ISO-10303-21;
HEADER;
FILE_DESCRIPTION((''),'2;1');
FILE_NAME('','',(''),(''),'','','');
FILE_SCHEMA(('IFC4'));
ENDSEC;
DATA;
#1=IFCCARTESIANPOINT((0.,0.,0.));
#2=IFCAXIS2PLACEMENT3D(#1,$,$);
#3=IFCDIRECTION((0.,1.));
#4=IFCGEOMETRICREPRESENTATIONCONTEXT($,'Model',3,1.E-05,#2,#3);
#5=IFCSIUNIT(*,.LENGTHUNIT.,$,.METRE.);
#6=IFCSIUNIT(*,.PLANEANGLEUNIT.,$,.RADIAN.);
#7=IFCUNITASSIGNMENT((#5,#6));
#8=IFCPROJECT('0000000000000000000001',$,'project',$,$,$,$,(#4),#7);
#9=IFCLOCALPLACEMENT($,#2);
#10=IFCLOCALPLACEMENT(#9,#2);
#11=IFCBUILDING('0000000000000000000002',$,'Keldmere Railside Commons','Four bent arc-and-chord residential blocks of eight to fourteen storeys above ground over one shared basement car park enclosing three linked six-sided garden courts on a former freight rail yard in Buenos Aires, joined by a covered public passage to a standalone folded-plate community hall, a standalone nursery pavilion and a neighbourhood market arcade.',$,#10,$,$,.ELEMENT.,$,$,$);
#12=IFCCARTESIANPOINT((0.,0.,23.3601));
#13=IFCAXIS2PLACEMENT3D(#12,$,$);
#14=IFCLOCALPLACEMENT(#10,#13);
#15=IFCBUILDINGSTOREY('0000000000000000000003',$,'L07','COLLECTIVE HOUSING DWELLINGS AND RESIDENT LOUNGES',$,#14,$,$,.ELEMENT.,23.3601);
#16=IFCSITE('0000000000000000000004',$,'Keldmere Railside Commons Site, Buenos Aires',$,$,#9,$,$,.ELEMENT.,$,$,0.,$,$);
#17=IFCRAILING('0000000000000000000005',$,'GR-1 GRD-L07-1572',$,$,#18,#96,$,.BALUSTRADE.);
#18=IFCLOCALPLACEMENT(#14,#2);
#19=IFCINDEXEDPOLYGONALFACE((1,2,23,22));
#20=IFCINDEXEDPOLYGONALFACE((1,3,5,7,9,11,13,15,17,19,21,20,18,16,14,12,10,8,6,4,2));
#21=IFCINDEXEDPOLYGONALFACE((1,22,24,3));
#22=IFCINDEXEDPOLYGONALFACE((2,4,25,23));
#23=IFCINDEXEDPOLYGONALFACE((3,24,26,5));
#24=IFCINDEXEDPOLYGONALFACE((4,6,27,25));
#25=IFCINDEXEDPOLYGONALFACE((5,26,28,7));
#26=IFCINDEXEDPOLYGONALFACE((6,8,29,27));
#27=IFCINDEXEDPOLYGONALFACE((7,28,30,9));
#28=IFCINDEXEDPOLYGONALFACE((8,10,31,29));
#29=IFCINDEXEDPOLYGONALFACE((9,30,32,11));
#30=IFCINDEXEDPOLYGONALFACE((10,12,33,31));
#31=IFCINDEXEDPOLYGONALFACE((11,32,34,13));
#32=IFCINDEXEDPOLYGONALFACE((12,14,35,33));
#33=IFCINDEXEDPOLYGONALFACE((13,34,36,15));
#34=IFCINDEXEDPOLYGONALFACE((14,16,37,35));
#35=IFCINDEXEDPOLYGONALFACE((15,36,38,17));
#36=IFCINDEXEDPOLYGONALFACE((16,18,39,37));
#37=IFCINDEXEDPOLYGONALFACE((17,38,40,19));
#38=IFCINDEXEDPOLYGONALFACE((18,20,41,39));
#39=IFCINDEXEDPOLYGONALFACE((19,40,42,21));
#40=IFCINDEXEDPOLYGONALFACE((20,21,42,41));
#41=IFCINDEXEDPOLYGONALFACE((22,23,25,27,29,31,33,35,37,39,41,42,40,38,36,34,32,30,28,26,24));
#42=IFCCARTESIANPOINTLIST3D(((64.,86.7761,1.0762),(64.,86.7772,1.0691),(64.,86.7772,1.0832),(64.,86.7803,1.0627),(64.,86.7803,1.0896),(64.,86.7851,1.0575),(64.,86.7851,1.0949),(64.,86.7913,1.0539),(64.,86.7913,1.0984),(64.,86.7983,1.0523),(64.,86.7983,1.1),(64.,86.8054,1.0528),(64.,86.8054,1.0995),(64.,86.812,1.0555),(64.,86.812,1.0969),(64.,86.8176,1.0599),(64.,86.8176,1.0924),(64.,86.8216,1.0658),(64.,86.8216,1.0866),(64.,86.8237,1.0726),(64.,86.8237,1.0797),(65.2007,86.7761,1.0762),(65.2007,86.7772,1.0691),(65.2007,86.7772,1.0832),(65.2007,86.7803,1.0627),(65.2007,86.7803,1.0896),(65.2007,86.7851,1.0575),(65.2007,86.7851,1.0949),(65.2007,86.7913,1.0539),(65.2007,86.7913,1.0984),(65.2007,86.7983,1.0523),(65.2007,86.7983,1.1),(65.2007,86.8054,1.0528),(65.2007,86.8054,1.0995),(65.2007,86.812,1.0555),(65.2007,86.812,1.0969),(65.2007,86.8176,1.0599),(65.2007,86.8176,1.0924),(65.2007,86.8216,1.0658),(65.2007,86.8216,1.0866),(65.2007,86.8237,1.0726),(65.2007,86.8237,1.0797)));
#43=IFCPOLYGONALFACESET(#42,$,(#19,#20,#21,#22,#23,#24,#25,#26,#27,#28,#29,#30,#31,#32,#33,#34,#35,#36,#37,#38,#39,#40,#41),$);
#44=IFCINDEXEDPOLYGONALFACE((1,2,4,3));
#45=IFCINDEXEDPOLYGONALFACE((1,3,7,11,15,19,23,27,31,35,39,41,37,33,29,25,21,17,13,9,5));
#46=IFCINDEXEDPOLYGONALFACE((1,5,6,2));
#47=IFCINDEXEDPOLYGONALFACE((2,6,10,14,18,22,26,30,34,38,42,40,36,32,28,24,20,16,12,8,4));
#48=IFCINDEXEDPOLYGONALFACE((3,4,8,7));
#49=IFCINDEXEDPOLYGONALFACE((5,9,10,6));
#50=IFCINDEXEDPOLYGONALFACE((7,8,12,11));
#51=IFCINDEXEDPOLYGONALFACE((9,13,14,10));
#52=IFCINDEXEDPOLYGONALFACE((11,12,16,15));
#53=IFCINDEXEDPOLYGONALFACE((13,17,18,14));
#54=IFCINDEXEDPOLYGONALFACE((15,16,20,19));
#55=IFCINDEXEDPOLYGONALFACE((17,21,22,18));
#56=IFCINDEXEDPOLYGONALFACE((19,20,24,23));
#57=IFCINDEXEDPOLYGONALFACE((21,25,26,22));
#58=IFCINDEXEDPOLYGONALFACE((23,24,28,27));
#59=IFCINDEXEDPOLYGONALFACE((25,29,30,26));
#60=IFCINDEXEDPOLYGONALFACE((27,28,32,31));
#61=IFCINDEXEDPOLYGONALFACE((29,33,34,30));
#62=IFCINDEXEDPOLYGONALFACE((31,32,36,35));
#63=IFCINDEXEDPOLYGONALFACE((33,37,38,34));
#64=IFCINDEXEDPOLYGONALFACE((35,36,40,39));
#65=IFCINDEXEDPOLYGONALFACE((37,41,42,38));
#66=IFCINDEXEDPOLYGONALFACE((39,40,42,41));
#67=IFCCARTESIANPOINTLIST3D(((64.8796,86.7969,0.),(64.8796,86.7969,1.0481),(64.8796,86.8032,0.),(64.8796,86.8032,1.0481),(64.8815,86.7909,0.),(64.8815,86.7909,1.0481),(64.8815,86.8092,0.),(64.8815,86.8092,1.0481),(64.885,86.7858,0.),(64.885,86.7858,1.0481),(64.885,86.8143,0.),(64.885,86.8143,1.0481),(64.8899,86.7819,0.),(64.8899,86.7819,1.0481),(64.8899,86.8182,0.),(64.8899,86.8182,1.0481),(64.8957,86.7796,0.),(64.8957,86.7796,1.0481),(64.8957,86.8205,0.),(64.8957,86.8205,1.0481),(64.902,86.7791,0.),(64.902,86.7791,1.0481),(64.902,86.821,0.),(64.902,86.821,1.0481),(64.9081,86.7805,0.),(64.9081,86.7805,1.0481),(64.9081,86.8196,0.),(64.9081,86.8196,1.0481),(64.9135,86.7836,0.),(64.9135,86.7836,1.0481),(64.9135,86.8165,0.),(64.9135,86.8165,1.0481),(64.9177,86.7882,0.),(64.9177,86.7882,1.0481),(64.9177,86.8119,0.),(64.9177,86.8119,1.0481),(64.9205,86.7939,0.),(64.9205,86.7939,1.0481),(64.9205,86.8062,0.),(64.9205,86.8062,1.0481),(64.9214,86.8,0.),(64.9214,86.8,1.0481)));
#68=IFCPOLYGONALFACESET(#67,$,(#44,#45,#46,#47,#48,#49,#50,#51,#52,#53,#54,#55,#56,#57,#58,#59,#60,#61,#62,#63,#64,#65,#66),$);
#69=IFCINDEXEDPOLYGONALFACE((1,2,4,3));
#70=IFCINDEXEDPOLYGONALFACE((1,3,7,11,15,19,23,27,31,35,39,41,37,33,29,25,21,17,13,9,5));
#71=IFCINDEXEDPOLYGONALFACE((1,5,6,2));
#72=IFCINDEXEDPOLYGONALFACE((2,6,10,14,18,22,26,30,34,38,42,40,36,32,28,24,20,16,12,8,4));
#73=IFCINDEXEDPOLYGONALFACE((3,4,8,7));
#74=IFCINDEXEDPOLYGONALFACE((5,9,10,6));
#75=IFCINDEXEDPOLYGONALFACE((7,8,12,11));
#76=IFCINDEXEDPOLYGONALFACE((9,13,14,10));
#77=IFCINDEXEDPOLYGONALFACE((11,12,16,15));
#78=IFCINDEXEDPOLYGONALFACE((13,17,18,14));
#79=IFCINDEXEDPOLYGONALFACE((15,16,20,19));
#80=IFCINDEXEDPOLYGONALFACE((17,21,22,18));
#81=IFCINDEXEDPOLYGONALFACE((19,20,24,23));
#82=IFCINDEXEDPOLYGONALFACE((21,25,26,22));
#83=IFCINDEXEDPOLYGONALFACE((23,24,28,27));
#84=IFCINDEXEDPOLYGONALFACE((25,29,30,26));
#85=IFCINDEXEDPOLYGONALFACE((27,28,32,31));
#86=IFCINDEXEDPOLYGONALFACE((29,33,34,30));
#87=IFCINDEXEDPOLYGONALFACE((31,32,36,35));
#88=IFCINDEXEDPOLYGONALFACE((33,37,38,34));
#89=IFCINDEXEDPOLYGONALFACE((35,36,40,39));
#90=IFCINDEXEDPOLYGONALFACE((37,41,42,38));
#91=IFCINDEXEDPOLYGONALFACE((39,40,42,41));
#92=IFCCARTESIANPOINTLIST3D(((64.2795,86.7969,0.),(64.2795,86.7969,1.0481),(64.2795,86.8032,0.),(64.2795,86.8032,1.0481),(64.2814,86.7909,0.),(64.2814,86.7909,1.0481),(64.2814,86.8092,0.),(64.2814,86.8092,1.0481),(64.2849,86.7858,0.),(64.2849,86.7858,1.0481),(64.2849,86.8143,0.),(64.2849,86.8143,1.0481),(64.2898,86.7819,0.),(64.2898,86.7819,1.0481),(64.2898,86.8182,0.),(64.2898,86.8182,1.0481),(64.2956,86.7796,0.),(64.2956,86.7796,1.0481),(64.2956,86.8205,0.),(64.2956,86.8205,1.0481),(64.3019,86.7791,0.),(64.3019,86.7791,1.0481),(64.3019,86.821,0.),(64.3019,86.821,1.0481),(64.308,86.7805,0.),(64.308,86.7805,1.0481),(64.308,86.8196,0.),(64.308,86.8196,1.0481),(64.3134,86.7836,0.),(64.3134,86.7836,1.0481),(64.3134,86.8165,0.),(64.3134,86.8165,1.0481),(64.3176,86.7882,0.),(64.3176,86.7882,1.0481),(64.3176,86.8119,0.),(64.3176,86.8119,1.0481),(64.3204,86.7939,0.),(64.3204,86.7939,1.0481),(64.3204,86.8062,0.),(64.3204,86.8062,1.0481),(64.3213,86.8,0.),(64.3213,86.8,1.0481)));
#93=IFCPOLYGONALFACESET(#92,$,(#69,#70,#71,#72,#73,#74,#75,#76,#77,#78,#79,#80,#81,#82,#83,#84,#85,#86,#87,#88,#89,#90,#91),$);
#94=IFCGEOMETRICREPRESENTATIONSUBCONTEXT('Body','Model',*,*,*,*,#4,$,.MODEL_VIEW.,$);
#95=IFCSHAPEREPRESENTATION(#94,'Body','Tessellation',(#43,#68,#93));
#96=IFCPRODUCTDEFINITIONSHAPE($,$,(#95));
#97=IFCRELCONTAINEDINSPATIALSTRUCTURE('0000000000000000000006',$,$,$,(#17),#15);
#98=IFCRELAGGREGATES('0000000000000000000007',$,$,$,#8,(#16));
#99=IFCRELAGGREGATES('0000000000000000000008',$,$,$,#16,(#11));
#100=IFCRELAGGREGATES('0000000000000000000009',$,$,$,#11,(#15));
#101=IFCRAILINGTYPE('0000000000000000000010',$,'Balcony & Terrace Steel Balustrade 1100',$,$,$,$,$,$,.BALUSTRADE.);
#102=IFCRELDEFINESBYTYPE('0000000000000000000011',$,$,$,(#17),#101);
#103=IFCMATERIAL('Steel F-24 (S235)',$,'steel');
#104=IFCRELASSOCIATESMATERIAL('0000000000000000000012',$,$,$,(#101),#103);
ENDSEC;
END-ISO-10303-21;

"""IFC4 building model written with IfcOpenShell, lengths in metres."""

from ifc_helpers import new_model, si_unit, direction, frame, origin, origin_2d, place, context, subcontext, project, spatial, circle, extrude, material, type_object, element, save


model = new_model("IFC4")

# Units and contexts
model_context = context("Model", 3, precision=1e-05, world=origin(), true_north=direction((0.0, 1.0)))
body_context = subcontext(model_context, "Body", "Model", "MODEL_VIEW")
ifc_project = project(units=[si_unit("LENGTHUNIT", "METRE"), si_unit("PLANEANGLEUNIT", "RADIAN")], contexts=[model_context])

# Site, building, storey
site_placement = place(None, origin())
site = spatial("IfcSite", under=ifc_project, at=site_placement, Name="Keldmere Railside Commons Site, Buenos Aires", CompositionType="ELEMENT", RefElevation=0.0)
building_placement = place(site_placement, origin())
building = spatial("IfcBuilding", under=site, at=building_placement, Name="Keldmere Railside Commons", Description="Four bent arc-and-chord residential blocks of eight to fourteen storeys above ground over one shared basement car park enclosing three linked six-sided garden courts on a former freight rail yard in Buenos Aires, joined by a covered public passage to a standalone folded-plate community hall, a standalone nursery pavilion and a neighbourhood market arcade.", CompositionType="ELEMENT")
storey_placement = place(building_placement, frame((0.0, 0.0, 23.3601)))
storey = spatial("IfcBuildingStorey", under=building, at=storey_placement, Name="L07", Description="COLLECTIVE HOUSING DWELLINGS AND RESIDENT LOUNGES", CompositionType="ELEMENT", Elevation=23.3601)

# Railing
ifc_material_1 = material(Name="Steel F-24 (S235)", Category="steel")
railing_type = type_object("IfcRailingType", Name="Balcony & Terrace Steel Balustrade 1100", PredefinedType="BALUSTRADE", material=ifc_material_1)
railing_1_placement = place(storey_placement, frame((65.2007, 86.8, 0.0)))
element("IfcRailing", 1, at=railing_1_placement, inside=storey, type_object=railing_type, Name="GR-1 GRD-L07-1572", PredefinedType="BALUSTRADE", context=body_context, shape_type="SweptSolid", body=[
    extrude(circle(Radius=0.0239, at=origin_2d()), frame((0.0, 0.0, 1.0762), z_axis=(-1.0, 0.0, 0.0), x_axis=(0.0, -1.0, 0.0)), (0.0, 0.0, 1.0), 1.2007),
    extrude(circle(Radius=0.021, at=origin_2d()), frame((-0.3003, 0.0, 0.0)), (0.0, 0.0, 1.0), 1.0481),
    extrude(circle(Radius=0.021, at=origin_2d()), frame((-0.9004, 0.0, 0.0)), (0.0, 0.0, 1.0), 1.0481),
])

save(model, "model.ifc")
